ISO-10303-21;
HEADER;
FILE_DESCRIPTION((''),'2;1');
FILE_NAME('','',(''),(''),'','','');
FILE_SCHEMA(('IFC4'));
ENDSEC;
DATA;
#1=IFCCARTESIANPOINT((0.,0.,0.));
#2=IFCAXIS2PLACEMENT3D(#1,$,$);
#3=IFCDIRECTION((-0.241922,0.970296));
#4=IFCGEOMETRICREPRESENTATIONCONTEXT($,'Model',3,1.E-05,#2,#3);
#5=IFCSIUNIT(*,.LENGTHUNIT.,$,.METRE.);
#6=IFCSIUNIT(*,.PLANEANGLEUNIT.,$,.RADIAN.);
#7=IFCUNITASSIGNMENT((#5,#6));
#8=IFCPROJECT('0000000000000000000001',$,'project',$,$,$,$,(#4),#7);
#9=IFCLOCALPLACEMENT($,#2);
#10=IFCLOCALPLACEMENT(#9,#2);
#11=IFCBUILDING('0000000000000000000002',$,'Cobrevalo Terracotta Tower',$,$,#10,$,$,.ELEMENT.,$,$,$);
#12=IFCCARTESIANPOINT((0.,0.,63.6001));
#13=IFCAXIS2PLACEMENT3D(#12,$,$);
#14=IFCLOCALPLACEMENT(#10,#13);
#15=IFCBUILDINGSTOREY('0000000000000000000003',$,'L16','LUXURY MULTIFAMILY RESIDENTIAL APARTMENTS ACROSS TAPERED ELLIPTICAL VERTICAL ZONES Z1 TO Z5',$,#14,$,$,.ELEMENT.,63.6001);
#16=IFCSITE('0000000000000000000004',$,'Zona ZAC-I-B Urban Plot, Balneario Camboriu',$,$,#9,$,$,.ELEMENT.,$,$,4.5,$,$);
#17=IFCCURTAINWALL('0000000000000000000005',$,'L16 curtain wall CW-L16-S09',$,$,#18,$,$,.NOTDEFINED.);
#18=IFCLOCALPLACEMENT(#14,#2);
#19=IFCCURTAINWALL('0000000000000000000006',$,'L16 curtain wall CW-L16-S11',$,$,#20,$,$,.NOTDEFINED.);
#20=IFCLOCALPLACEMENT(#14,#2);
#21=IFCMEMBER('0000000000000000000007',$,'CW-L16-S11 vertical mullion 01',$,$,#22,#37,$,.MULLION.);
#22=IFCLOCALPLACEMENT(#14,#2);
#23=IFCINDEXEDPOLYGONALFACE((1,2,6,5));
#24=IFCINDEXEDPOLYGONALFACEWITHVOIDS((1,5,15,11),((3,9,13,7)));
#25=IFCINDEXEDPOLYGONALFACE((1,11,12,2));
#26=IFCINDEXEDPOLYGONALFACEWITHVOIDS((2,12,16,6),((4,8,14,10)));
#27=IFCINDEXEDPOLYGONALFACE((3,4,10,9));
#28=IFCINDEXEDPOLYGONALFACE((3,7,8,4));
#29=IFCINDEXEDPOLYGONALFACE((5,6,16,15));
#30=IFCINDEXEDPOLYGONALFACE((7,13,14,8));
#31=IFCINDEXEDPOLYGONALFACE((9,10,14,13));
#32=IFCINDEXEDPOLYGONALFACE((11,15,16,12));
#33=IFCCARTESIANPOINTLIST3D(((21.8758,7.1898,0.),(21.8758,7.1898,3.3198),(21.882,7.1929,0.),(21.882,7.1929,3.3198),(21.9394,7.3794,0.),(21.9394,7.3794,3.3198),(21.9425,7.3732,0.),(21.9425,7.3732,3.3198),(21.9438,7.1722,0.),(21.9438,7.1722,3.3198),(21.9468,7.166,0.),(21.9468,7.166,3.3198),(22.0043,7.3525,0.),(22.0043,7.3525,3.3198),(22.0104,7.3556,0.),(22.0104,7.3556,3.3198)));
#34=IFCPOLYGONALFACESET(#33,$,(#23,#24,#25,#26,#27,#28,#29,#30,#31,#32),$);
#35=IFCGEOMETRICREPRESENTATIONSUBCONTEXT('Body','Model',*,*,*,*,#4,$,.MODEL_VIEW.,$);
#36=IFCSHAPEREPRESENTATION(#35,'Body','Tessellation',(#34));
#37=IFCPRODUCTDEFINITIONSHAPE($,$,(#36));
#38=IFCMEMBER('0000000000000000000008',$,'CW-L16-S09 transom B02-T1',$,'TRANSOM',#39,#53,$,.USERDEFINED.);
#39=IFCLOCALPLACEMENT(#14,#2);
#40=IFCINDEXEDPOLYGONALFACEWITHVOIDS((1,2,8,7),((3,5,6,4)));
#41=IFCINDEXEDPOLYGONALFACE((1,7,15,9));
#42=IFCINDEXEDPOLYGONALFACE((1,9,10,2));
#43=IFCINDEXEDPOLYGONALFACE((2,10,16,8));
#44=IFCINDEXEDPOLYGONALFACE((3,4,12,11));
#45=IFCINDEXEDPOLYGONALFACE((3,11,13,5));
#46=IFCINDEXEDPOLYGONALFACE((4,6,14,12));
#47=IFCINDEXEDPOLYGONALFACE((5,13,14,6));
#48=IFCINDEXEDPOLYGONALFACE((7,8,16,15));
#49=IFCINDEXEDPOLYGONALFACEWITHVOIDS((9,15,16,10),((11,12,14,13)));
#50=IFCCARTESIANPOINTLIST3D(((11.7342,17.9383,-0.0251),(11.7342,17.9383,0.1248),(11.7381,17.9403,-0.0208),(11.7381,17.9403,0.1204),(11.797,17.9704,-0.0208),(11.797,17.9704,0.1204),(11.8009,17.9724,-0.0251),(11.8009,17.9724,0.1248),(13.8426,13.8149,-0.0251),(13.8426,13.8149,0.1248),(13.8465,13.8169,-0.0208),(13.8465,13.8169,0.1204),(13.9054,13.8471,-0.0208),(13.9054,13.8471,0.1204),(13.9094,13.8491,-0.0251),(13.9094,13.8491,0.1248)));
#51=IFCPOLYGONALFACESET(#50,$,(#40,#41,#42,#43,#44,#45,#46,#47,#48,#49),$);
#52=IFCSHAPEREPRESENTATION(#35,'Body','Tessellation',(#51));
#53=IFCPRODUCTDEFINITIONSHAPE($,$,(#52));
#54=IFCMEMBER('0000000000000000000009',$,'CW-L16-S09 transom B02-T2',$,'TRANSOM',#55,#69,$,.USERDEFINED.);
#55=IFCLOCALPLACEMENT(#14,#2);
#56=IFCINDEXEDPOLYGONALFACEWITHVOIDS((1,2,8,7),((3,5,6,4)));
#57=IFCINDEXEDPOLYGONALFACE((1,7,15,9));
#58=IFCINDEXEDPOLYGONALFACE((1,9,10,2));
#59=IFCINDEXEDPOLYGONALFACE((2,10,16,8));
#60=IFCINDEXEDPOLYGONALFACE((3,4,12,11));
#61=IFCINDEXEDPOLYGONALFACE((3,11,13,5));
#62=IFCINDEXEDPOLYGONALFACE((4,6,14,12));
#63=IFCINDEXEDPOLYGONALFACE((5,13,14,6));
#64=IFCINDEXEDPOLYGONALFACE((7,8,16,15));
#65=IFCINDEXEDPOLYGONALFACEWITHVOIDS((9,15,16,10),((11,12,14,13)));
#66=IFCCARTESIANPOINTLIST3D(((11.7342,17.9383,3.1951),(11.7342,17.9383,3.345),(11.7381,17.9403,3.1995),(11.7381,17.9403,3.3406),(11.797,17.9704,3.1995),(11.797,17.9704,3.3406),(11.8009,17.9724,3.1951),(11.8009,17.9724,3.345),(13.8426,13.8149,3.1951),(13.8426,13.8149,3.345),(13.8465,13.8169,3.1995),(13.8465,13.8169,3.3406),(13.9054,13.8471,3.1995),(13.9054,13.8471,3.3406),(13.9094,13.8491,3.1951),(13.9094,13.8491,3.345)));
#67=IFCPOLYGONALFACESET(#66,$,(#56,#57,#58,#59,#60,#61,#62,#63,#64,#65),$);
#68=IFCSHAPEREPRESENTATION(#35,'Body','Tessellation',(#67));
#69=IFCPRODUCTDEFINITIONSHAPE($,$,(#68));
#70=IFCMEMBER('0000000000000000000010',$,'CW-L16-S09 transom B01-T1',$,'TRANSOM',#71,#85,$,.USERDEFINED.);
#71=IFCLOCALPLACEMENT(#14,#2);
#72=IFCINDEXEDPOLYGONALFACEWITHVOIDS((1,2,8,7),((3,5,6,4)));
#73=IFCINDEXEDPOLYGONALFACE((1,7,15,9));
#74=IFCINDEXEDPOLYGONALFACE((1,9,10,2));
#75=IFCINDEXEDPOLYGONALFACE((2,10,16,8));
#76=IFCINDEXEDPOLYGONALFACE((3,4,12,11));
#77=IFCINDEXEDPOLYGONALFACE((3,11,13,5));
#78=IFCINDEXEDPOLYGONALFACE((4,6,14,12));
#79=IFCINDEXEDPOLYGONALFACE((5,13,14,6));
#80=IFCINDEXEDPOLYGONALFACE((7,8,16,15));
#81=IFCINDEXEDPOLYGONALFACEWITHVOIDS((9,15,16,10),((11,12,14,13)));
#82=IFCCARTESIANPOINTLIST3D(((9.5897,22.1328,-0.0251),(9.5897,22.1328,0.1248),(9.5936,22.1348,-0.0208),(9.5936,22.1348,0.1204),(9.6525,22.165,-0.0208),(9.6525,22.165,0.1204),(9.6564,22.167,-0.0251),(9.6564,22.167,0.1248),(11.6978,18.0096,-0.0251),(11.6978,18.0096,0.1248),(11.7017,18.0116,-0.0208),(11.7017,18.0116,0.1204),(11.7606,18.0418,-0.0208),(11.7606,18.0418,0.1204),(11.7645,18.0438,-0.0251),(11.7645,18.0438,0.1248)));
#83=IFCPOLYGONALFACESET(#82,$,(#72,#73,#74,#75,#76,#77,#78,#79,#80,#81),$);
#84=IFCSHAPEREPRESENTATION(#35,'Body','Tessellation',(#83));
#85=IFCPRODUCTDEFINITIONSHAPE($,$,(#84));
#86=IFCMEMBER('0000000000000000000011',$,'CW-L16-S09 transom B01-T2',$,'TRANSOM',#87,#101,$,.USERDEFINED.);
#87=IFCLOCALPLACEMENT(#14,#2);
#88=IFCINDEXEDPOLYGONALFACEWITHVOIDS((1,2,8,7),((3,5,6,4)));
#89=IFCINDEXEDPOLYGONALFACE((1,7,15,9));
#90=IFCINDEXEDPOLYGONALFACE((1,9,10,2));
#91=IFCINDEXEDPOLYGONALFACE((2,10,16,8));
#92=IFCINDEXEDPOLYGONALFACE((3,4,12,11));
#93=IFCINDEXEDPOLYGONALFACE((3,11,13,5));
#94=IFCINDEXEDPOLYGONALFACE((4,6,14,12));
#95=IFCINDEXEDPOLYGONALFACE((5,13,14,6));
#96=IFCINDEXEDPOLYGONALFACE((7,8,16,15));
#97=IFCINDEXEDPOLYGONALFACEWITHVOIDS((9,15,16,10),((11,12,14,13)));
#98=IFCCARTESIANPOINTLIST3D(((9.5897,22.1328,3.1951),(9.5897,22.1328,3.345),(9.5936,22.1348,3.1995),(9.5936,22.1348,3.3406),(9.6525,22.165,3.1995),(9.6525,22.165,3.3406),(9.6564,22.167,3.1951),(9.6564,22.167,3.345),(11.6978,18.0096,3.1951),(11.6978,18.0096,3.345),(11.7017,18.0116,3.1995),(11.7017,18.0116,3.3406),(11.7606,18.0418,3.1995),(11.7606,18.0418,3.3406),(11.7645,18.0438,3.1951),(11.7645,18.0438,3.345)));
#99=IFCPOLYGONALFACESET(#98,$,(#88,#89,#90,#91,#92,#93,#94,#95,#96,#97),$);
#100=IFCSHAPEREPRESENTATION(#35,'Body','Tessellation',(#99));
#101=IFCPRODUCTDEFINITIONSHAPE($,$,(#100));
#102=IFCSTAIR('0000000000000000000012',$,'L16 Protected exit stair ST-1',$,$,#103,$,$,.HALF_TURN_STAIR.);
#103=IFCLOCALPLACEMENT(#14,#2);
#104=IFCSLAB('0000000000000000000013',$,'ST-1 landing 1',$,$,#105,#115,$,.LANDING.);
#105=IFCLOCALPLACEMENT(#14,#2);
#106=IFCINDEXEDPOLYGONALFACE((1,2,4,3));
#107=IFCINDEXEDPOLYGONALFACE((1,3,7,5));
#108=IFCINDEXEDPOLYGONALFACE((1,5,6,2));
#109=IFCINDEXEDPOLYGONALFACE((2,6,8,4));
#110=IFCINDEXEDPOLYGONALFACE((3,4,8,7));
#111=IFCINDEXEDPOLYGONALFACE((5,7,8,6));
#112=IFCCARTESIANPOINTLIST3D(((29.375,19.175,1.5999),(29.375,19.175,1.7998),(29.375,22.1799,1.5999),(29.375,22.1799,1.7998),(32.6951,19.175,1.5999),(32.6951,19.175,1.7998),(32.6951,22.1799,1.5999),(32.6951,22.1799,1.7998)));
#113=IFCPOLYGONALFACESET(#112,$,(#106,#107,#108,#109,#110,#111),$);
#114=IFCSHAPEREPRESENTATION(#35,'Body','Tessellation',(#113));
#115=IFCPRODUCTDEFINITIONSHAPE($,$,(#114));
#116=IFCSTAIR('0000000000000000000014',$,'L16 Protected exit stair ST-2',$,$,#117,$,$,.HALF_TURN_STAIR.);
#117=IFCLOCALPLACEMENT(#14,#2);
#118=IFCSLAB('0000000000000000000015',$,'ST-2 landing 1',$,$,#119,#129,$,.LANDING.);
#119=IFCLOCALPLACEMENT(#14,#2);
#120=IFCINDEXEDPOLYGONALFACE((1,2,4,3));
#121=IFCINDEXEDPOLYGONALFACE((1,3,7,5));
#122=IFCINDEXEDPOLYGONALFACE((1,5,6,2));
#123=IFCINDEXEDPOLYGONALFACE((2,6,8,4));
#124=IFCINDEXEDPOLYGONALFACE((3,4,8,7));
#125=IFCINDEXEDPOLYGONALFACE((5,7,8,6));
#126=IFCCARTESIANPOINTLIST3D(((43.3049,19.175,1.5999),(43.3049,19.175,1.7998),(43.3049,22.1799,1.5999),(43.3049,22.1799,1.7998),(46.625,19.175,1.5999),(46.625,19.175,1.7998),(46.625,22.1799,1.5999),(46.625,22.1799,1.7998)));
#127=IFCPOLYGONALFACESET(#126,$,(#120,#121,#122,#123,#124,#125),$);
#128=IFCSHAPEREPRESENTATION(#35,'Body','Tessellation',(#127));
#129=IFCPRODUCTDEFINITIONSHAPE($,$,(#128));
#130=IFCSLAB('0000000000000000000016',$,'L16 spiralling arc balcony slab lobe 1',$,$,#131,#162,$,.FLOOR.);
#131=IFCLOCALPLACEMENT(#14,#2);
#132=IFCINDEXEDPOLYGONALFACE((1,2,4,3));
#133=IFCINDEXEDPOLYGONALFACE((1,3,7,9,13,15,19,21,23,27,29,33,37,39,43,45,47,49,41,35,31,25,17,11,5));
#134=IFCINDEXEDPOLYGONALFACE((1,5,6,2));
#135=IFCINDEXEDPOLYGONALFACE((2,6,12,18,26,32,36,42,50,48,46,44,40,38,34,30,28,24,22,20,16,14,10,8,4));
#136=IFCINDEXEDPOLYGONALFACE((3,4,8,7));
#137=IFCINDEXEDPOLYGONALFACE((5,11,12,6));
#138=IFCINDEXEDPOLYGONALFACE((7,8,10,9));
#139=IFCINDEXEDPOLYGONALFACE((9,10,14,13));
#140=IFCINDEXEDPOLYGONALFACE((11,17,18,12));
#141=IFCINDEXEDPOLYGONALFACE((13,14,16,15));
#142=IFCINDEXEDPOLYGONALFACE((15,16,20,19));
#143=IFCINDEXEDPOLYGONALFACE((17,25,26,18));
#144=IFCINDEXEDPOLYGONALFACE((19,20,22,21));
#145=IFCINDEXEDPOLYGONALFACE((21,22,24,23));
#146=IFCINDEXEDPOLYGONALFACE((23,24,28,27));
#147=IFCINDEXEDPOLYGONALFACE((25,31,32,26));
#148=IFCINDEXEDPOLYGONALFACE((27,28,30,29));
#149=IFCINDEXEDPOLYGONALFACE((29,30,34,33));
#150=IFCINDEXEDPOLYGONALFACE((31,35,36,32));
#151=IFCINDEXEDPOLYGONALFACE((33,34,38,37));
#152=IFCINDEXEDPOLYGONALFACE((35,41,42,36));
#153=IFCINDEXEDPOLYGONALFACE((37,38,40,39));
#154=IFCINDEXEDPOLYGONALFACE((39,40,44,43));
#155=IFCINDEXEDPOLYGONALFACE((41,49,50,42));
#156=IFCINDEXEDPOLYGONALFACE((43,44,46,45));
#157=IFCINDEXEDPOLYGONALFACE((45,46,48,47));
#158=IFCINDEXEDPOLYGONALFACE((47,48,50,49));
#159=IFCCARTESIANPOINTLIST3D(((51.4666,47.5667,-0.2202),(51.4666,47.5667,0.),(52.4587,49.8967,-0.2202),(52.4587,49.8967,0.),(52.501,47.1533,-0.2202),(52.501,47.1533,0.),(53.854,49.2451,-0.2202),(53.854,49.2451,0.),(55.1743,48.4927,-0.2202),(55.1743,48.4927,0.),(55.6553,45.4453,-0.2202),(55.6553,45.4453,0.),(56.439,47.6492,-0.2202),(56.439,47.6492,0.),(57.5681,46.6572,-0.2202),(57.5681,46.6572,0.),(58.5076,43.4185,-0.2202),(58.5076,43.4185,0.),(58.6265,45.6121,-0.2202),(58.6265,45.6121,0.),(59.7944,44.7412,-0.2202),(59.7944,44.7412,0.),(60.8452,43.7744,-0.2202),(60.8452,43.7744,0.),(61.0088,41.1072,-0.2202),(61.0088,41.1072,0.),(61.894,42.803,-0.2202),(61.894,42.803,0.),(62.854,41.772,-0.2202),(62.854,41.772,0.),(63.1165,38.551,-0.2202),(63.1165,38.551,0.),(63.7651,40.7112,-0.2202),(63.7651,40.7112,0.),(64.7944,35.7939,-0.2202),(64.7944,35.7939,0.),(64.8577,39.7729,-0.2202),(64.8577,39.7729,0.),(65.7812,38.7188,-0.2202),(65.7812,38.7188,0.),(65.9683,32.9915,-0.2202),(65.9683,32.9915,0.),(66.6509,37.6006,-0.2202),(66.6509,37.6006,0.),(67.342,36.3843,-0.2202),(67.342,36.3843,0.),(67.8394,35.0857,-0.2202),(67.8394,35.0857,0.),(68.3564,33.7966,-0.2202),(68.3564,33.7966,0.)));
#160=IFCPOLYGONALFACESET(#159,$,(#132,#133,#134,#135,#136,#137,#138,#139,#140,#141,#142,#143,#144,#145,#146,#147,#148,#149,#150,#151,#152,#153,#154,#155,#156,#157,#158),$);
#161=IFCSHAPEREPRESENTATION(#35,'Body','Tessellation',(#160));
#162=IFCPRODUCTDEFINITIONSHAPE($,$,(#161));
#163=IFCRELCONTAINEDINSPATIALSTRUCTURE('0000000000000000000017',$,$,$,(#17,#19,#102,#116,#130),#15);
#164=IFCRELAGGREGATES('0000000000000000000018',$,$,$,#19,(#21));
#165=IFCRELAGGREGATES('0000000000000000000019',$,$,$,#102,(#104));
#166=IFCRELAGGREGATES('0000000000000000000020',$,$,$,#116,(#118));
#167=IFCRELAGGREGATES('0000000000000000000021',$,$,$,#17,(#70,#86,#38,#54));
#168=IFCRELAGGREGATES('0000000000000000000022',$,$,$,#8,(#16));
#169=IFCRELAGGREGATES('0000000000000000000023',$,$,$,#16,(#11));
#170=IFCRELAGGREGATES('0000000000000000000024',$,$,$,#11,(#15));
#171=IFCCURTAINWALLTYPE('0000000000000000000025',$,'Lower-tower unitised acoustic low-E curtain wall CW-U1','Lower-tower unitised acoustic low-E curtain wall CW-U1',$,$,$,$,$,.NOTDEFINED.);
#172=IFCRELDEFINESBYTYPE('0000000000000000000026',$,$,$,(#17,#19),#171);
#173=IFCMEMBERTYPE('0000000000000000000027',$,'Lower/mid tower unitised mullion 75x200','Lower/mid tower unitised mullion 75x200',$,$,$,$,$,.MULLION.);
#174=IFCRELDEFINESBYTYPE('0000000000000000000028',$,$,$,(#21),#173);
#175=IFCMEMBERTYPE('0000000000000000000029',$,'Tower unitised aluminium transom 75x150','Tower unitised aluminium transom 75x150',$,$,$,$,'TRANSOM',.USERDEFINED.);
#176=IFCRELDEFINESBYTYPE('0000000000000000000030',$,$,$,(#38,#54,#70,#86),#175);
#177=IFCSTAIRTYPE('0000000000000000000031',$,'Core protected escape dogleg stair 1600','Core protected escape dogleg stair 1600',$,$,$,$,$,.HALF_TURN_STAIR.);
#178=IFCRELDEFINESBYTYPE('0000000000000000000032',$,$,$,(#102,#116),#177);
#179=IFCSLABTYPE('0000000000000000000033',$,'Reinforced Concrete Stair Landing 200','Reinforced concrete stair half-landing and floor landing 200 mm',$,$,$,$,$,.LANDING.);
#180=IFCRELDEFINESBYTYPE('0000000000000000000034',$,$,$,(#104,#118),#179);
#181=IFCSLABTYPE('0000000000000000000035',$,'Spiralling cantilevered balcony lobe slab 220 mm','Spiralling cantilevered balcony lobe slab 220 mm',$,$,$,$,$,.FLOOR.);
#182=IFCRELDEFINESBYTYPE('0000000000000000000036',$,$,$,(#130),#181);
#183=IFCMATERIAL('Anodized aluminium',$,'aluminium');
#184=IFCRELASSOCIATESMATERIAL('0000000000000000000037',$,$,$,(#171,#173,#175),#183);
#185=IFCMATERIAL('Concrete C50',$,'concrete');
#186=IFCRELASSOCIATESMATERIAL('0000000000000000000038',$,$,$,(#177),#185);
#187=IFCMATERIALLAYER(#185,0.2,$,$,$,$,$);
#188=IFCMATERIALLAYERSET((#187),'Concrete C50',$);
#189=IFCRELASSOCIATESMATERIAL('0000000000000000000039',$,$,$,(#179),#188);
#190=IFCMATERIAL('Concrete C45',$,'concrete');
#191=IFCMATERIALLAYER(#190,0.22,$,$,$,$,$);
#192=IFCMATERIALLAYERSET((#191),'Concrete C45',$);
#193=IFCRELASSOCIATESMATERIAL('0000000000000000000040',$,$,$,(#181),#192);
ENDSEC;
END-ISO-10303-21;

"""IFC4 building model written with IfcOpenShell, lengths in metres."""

from ifc_helpers import new_model, si_unit, direction, frame, origin, origin_2d, place, context, subcontext, project, spatial, polyline, hollow_rectangle, outline, extrude, source, transform, mapped, material, layer, layer_set, material_profile, profile_set, type_object, element, aggregate, save


model = new_model("IFC4")

# Units and contexts
model_context = context("Model", 3, precision=1e-05, world=origin(), true_north=direction((-0.241922, 0.970296)))
body_context = subcontext(model_context, "Body", "Model", "MODEL_VIEW")
ifc_project = project(units=[si_unit("LENGTHUNIT", "METRE"), si_unit("PLANEANGLEUNIT", "RADIAN")], contexts=[model_context])

# Site, building, storey
site_placement = place(None, origin())
site = spatial("IfcSite", under=ifc_project, at=site_placement, Name="Zona ZAC-I-B Urban Plot, Balneario Camboriu", CompositionType="ELEMENT", RefElevation=4.5)
building_placement = place(site_placement, origin())
building = spatial("IfcBuilding", under=site, at=building_placement, Name="Cobrevalo Terracotta Tower", CompositionType="ELEMENT")
storey_placement = place(building_placement, frame((0.0, 0.0, 63.6001)))
storey = spatial("IfcBuildingStorey", under=building, at=storey_placement, Name="L16", Description="LUXURY MULTIFAMILY RESIDENTIAL APARTMENTS ACROSS TAPERED ELLIPTICAL VERTICAL ZONES Z1 TO Z5", CompositionType="ELEMENT", Elevation=63.6001)

# Curtain wall
ifc_material_1 = material(Name="Anodized aluminium", Category="aluminium")
curtain_wall_type = type_object("IfcCurtainWallType", Name="Lower-tower unitised acoustic low-E curtain wall CW-U1", Description="Lower-tower unitised acoustic low-E curtain wall CW-U1", PredefinedType="NOTDEFINED", material=ifc_material_1)
curtain_wall_1_placement = place(storey_placement, origin())
curtain_wall_1 = element("IfcCurtainWall", 1, at=curtain_wall_1_placement, inside=storey, type_object=curtain_wall_type, Name="L16 curtain wall CW-L16-S09", PredefinedType="NOTDEFINED")
ifc_material_profile_1 = material_profile(ifc_material_1, hollow_rectangle(XDim=0.075, YDim=0.2, WallThickness=0.0049, at=origin_2d()), Name="CWM 75x200")
ifc_profile_set_1 = profile_set([ifc_material_profile_1], Name="Anodized aluminium")
member_type_1 = type_object("IfcMemberType", Name="Lower/mid tower unitised mullion 75x200", Description="Lower/mid tower unitised mullion 75x200", PredefinedType="MULLION", material=ifc_profile_set_1)
shared_shape_1 = source(origin(), body_context, "Body", "SweptSolid", [
    extrude(hollow_rectangle(XDim=0.075, YDim=0.2, WallThickness=0.0049, at=origin_2d()), origin(), (0.0, 0.0, 1.0), 3.3198),
])

# Curtain wall, member
curtain_wall_2_placement = place(storey_placement, origin())
curtain_wall_2 = element("IfcCurtainWall", 2, at=curtain_wall_2_placement, inside=storey, type_object=curtain_wall_type, Name="L16 curtain wall CW-L16-S11", PredefinedType="NOTDEFINED")
member_1_placement = place(storey_placement, frame((21.9431, 7.2727, 0.0), z_axis=(0.0, 0.0, 1.0), x_axis=(0.948046, -0.318132, 0.0)))
member_1 = element("IfcMember", 3, at=member_1_placement, type_object=member_type_1, Name="CW-L16-S11 vertical mullion 01", PredefinedType="MULLION", context=body_context, shape_type="MappedRepresentation", body=[
    mapped(shared_shape_1, transform((0.0, 0.0, 0.0), scale=1.0)),
])
aggregate(curtain_wall_2, [member_1])

# Members
ifc_material_profile_2 = material_profile(ifc_material_1, hollow_rectangle(XDim=0.075, YDim=0.1499, WallThickness=0.0044, at=origin_2d()), Name="CWT 75x150")
ifc_profile_set_2 = profile_set([ifc_material_profile_2], Name="Anodized aluminium")
member_type_2 = type_object("IfcMemberType", Name="Tower unitised aluminium transom 75x150", Description="Tower unitised aluminium transom 75x150", ElementType="TRANSOM", PredefinedType="USERDEFINED", material=ifc_profile_set_2)
shared_shape_2 = source(origin(), body_context, "Body", "SweptSolid", [
    extrude(hollow_rectangle(XDim=0.075, YDim=0.1499, WallThickness=0.0044, at=origin_2d()), origin(), (0.0, 0.0, 1.0), 4.6311),
])
member_2_placement = place(storey_placement, frame((11.7676, 17.9553, 0.0498), z_axis=(0.455272, -0.890353, 0.0), x_axis=(0.890353, 0.455272, 0.0)))
member_2 = element("IfcMember", 4, at=member_2_placement, type_object=member_type_2, Name="CW-L16-S09 transom B02-T1", ObjectType="TRANSOM", PredefinedType="USERDEFINED", context=body_context, shape_type="MappedRepresentation", body=[
    mapped(shared_shape_2, transform((0.0, 0.0, 0.0), scale=1.0)),
])
member_3_placement = place(storey_placement, frame((11.7676, 17.9553, 3.27), z_axis=(0.455272, -0.890353, 0.0), x_axis=(0.890353, 0.455272, 0.0)))
member_3 = element("IfcMember", 5, at=member_3_placement, type_object=member_type_2, Name="CW-L16-S09 transom B02-T2", ObjectType="TRANSOM", PredefinedType="USERDEFINED", context=body_context, shape_type="MappedRepresentation", body=[
    mapped(shared_shape_2, transform((0.0, 0.0, 0.0), scale=1.0)),
])
shared_shape_3 = source(origin(), body_context, "Body", "SweptSolid", [
    extrude(hollow_rectangle(XDim=0.075, YDim=0.1499, WallThickness=0.0044, at=origin_2d()), origin(), (0.0, 0.0, 1.0), 4.6309),
])
member_4_placement = place(storey_placement, frame((9.623, 22.1499, 0.0498), z_axis=(0.45523, -0.890374, 0.0), x_axis=(0.890374, 0.45523, 0.0)))
member_4 = element("IfcMember", 6, at=member_4_placement, type_object=member_type_2, Name="CW-L16-S09 transom B01-T1", ObjectType="TRANSOM", PredefinedType="USERDEFINED", context=body_context, shape_type="MappedRepresentation", body=[
    mapped(shared_shape_3, transform((0.0, 0.0, 0.0), scale=1.0)),
])
member_5_placement = place(storey_placement, frame((9.623, 22.1499, 3.27), z_axis=(0.45523, -0.890374, 0.0), x_axis=(0.890374, 0.45523, 0.0)))
member_5 = element("IfcMember", 7, at=member_5_placement, type_object=member_type_2, Name="CW-L16-S09 transom B01-T2", ObjectType="TRANSOM", PredefinedType="USERDEFINED", context=body_context, shape_type="MappedRepresentation", body=[
    mapped(shared_shape_3, transform((0.0, 0.0, 0.0), scale=1.0)),
])

# Stairs, slabs
ifc_material_2 = material(Name="Concrete C50", Category="concrete")
stair_type = type_object("IfcStairType", Name="Core protected escape dogleg stair 1600", Description="Core protected escape dogleg stair 1600", PredefinedType="HALF_TURN_STAIR", material=ifc_material_2)
stair_1_placement = place(storey_placement, origin())
stair_1 = element("IfcStair", 8, at=stair_1_placement, inside=storey, type_object=stair_type, Name="L16 Protected exit stair ST-1", PredefinedType="HALF_TURN_STAIR")
ifc_layer_1 = layer(ifc_material_2, 0.2)
ifc_layer_set_1 = layer_set([ifc_layer_1], Name="Concrete C50")
slab_type_1 = type_object("IfcSlabType", Name="Reinforced Concrete Stair Landing 200", Description="Reinforced concrete stair half-landing and floor landing 200 mm", PredefinedType="LANDING", material=ifc_layer_set_1)
slab_1_placement = place(storey_placement, frame((0.0, 0.0, 1.5999)))
slab_1 = element("IfcSlab", 9, at=slab_1_placement, type_object=slab_type_1, Name="ST-1 landing 1", PredefinedType="LANDING", context=body_context, shape_type="SweptSolid", body=[
    extrude(outline(polyline([(29.375, 22.1799), (29.375, 19.175), (32.6951, 19.175), (32.6951, 22.1799), (29.375, 22.1799)])), origin(), (0.0, 0.0, 1.0), 0.2),
])
aggregate(stair_1, [slab_1])
stair_2_placement = place(storey_placement, origin())
stair_2 = element("IfcStair", 10, at=stair_2_placement, inside=storey, type_object=stair_type, Name="L16 Protected exit stair ST-2", PredefinedType="HALF_TURN_STAIR")
slab_2_placement = place(storey_placement, frame((0.0, 0.0, 1.5999)))
slab_2 = element("IfcSlab", 11, at=slab_2_placement, type_object=slab_type_1, Name="ST-2 landing 1", PredefinedType="LANDING", context=body_context, shape_type="SweptSolid", body=[
    extrude(outline(polyline([(43.3049, 22.1799), (43.3049, 19.175), (46.625, 19.175), (46.625, 22.1799), (43.3049, 22.1799)])), origin(), (0.0, 0.0, 1.0), 0.2),
])
aggregate(stair_2, [slab_2])

# Slab
ifc_material_3 = material(Name="Concrete C45", Category="concrete")
ifc_layer_2 = layer(ifc_material_3, 0.22)
ifc_layer_set_2 = layer_set([ifc_layer_2], Name="Concrete C45")
slab_type_2 = type_object("IfcSlabType", Name="Spiralling cantilevered balcony lobe slab 220 mm", Description="Spiralling cantilevered balcony lobe slab 220 mm", PredefinedType="FLOOR", material=ifc_layer_set_2)
slab_3_placement = place(storey_placement, frame((0.0, 0.0, -0.2202)))
element("IfcSlab", 12, at=slab_3_placement, inside=storey, type_object=slab_type_2, Name="L16 spiralling arc balcony slab lobe 1", PredefinedType="FLOOR", context=body_context, shape_type="SweptSolid", body=[
    extrude(outline(polyline([(68.3564, 33.7966), (67.8394, 35.0857), (67.342, 36.3843), (66.6509, 37.6006), (65.7812, 38.7188), (64.8577, 39.7729), (63.7651, 40.7112), (62.854, 41.772), (61.894, 42.803), (60.8452, 43.7744), (59.7944, 44.7412), (58.6265, 45.6121), (57.5681, 46.6572), (56.439, 47.6492), (55.1743, 48.4927), (53.854, 49.2451), (52.4587, 49.8967), (51.4666, 47.5667), (52.501, 47.1533), (55.6553, 45.4453), (58.5076, 43.4185), (61.0088, 41.1072), (63.1165, 38.551), (64.7944, 35.7939), (65.9683, 32.9915), (68.3564, 33.7966)])), origin(), (0.0, 0.0, 1.0), 0.2202),
])

aggregate(curtain_wall_1, [member_4, member_5, member_2, member_3])

save(model, "model.ifc")
